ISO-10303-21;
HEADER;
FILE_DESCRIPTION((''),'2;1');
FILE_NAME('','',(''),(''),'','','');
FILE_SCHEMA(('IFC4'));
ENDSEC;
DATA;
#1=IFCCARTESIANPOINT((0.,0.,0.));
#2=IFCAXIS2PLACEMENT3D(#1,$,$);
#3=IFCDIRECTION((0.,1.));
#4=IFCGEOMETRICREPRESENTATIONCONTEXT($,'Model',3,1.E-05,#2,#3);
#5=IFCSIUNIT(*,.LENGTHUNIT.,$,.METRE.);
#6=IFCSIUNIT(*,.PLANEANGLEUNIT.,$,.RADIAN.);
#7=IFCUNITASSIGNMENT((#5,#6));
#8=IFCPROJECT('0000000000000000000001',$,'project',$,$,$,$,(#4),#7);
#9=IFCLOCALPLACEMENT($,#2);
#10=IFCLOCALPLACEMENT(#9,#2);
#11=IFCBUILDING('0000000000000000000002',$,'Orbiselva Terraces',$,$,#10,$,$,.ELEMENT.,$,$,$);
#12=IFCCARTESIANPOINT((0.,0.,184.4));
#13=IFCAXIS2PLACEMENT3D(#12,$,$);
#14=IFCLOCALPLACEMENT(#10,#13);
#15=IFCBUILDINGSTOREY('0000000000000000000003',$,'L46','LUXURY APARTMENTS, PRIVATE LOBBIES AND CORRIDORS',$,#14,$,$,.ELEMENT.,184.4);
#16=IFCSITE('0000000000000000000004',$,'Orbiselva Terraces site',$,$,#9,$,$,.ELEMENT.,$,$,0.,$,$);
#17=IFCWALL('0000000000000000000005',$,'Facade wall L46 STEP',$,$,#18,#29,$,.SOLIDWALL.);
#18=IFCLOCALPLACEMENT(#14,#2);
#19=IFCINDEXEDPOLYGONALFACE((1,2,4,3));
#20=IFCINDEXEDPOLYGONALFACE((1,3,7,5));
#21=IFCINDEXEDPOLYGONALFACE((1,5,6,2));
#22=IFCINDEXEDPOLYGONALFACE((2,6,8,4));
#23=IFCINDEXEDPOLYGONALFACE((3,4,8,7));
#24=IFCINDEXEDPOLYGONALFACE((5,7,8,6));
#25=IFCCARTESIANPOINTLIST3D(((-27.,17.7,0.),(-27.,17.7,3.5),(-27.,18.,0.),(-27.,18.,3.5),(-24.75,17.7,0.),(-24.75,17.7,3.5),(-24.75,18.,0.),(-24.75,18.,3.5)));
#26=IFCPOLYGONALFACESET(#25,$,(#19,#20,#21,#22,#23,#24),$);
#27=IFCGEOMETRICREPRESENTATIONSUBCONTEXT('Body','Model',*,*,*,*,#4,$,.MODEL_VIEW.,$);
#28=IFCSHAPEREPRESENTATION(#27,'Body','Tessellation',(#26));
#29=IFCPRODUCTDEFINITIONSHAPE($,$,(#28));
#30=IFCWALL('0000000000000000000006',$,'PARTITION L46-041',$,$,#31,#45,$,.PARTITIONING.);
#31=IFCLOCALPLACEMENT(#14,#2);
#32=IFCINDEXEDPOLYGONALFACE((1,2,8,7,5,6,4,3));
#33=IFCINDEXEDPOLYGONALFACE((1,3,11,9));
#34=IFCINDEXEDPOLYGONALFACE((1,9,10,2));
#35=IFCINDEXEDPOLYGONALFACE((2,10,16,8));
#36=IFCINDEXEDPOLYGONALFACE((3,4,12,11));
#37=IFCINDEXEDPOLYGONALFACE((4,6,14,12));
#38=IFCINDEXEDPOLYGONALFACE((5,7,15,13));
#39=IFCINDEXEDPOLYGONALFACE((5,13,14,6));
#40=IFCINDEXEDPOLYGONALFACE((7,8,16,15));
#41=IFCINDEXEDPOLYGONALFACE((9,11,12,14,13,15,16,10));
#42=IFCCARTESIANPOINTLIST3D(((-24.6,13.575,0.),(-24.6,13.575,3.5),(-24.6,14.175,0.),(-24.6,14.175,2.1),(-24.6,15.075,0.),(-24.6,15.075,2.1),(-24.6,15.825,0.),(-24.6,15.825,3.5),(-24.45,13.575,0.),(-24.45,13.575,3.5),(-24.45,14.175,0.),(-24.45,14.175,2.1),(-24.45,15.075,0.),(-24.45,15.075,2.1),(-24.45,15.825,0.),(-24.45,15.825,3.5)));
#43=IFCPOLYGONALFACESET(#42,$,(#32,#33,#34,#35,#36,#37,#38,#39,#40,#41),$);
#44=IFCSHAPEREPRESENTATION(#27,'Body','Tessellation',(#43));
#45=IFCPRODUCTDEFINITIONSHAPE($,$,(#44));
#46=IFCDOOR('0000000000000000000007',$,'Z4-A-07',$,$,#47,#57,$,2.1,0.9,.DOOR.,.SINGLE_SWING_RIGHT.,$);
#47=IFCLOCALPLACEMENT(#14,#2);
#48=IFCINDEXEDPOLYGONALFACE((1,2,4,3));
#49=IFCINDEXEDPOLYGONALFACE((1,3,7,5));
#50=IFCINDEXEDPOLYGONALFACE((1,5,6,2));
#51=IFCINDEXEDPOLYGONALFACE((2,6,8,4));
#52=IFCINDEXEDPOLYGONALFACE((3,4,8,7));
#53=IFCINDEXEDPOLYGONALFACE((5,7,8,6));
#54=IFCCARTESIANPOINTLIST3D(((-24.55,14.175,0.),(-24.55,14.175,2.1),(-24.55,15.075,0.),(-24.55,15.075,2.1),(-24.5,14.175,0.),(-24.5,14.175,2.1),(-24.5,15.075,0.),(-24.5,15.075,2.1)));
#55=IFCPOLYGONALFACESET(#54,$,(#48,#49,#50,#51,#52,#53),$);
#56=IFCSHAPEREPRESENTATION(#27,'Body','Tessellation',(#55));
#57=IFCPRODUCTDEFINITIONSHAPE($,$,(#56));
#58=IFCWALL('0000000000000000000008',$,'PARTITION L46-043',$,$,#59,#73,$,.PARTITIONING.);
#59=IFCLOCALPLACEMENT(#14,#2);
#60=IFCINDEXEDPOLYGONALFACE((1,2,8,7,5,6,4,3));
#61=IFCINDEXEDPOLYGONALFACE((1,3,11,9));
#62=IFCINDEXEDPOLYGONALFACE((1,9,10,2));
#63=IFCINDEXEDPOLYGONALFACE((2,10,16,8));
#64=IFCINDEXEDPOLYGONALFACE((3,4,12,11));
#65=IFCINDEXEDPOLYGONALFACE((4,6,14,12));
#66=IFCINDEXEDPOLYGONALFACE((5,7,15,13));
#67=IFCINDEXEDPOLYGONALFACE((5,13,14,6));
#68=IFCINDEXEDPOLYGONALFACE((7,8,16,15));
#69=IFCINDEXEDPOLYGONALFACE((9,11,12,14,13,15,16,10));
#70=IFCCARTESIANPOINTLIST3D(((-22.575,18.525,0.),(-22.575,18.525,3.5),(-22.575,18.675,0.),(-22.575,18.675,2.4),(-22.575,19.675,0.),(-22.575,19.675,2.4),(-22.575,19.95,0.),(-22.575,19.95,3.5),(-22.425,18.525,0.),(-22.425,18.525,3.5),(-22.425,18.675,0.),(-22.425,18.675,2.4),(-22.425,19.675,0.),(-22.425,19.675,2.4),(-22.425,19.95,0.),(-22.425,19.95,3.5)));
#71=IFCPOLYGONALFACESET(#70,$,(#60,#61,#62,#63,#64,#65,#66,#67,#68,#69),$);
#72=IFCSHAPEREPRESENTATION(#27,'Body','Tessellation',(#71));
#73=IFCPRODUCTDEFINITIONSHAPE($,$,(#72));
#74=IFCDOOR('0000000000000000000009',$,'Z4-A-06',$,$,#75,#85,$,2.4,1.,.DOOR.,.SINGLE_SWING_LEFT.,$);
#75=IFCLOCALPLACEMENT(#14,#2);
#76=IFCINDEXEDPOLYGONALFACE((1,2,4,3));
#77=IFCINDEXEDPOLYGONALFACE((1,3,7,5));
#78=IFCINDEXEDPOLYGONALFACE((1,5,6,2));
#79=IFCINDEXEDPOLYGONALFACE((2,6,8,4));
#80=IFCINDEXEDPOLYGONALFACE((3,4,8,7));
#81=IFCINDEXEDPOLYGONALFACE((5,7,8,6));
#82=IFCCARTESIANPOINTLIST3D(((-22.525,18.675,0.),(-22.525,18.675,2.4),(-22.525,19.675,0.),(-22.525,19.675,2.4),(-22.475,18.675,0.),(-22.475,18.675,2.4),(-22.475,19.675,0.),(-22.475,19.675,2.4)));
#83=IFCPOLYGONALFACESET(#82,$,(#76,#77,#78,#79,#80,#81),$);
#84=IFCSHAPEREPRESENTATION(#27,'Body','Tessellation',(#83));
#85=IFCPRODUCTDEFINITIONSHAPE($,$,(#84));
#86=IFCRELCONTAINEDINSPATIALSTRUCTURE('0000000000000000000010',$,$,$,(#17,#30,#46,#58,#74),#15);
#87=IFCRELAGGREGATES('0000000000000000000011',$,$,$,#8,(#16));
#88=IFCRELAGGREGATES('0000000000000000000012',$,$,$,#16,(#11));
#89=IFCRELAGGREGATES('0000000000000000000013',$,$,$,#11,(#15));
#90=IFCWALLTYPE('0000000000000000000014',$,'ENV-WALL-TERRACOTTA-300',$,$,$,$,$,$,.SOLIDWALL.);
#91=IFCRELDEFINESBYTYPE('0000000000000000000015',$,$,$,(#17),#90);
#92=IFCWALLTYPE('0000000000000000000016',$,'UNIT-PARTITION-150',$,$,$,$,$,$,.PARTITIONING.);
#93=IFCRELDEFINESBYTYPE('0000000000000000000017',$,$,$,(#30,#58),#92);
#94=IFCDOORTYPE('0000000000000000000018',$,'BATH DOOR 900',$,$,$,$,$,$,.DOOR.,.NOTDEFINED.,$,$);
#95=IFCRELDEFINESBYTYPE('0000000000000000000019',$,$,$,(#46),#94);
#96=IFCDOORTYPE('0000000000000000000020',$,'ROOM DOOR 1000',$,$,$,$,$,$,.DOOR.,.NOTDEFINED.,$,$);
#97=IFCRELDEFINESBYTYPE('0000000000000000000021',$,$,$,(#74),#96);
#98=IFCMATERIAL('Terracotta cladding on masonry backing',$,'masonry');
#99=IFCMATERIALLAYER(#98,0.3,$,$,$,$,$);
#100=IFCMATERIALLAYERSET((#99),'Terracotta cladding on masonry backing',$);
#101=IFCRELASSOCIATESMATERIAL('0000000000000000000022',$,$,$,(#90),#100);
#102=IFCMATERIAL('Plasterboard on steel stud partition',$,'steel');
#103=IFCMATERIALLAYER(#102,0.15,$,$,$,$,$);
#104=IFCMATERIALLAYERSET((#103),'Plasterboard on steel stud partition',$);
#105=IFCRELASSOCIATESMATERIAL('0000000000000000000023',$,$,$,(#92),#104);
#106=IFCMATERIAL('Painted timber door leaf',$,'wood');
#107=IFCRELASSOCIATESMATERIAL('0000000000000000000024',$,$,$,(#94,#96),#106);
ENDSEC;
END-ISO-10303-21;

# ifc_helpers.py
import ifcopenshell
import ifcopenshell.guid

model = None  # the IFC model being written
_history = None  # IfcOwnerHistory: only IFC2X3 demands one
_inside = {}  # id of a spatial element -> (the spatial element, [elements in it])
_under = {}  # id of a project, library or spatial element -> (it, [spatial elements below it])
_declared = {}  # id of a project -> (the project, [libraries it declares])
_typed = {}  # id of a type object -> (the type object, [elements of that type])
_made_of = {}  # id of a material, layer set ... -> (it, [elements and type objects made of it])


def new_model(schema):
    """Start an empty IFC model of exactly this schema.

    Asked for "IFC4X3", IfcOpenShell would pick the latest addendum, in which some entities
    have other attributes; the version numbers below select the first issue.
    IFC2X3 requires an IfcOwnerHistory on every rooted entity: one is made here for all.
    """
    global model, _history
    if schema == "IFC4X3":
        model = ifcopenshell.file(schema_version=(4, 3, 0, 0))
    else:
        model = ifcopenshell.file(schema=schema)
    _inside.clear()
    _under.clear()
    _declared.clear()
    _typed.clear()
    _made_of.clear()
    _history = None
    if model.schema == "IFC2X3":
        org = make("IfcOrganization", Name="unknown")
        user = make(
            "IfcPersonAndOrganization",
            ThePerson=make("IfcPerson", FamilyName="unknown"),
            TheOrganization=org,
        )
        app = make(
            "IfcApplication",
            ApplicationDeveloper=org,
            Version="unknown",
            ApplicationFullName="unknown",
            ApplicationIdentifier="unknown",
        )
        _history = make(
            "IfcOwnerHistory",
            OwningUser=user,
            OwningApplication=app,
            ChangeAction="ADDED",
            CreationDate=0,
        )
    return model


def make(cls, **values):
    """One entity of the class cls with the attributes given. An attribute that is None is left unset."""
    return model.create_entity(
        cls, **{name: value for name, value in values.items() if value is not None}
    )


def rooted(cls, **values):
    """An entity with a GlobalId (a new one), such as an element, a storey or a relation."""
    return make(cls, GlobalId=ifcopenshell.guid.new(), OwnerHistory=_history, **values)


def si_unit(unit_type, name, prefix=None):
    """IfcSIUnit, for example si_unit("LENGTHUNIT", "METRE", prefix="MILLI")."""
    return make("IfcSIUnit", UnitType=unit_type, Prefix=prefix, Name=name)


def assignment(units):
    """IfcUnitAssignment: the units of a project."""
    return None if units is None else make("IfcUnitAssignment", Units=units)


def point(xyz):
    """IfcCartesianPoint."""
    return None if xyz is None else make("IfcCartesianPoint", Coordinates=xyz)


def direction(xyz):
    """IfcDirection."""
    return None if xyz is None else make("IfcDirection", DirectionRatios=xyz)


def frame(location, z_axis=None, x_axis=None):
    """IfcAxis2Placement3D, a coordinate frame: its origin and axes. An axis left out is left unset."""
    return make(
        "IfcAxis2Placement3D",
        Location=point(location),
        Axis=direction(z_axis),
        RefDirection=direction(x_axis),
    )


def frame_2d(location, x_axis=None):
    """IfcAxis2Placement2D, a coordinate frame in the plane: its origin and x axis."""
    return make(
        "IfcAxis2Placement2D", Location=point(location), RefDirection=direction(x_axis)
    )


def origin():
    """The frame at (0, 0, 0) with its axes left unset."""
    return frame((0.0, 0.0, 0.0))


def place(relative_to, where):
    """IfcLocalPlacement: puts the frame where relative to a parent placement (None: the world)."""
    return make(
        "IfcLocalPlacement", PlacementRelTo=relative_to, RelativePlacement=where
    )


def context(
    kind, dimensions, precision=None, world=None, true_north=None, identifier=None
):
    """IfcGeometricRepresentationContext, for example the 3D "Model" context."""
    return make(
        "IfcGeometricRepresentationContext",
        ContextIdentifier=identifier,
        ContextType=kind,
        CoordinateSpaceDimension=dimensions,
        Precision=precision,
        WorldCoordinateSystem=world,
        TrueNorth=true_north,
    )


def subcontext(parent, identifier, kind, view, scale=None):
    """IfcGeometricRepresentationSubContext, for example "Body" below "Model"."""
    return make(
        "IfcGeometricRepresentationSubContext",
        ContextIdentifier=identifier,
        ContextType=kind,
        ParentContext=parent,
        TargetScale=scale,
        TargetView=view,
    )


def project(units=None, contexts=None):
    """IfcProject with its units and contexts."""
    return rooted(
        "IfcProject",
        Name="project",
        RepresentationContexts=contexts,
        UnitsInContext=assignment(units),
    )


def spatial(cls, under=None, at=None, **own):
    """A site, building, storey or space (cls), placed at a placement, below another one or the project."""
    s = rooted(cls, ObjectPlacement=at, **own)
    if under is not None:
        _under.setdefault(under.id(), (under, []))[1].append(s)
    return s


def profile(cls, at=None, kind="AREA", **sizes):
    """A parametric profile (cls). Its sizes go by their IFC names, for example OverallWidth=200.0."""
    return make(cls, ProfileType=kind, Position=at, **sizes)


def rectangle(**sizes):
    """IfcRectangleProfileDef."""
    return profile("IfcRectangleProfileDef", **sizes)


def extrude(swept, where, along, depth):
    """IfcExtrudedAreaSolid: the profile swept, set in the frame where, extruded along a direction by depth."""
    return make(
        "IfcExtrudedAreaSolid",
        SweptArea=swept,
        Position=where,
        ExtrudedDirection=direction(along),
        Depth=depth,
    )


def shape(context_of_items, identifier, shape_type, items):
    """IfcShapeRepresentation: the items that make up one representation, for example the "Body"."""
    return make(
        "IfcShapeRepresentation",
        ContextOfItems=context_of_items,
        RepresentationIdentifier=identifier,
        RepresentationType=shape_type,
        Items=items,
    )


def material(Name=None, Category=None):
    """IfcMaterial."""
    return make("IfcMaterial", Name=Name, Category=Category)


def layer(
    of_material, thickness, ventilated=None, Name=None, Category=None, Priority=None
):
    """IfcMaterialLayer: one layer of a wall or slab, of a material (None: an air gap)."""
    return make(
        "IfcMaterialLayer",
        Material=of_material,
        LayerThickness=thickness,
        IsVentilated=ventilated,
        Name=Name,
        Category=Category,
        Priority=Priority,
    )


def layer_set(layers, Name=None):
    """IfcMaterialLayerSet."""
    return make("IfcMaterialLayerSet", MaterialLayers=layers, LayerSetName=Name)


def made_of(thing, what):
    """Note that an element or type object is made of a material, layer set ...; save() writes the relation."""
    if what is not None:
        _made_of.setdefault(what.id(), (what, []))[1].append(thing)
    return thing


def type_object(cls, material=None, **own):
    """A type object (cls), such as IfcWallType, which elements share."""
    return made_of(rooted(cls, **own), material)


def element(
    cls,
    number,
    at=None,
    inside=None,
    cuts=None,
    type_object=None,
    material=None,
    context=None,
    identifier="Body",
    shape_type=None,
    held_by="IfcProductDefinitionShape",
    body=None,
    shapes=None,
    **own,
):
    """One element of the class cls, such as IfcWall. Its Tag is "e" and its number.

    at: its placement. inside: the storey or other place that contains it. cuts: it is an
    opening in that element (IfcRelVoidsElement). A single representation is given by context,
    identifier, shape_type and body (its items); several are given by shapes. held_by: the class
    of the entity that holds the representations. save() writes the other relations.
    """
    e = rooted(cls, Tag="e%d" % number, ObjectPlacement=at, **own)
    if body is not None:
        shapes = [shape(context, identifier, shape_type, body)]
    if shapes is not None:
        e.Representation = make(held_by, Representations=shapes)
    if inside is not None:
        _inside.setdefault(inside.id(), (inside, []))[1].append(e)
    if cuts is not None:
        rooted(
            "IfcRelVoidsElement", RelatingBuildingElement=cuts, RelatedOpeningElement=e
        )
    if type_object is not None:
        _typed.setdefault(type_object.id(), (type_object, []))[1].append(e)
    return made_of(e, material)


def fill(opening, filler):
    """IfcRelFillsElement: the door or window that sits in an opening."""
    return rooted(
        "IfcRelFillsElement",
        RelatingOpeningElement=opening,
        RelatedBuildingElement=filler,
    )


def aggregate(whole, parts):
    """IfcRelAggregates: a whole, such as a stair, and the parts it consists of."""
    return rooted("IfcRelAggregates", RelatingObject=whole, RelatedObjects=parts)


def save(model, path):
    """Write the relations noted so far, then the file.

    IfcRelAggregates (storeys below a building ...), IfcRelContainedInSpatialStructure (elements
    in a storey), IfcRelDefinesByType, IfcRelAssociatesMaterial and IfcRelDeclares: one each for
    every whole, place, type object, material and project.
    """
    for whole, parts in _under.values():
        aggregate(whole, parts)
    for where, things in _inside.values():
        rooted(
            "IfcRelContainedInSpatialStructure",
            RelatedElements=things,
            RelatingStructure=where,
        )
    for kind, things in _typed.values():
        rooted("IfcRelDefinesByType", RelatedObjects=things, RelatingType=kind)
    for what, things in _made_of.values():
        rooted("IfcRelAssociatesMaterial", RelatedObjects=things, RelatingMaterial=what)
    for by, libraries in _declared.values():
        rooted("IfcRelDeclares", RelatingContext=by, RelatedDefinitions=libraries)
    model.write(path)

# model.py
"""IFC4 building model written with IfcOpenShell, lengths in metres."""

from ifc_helpers import new_model, si_unit, direction, frame, frame_2d, origin, place, context, subcontext, project, spatial, rectangle, extrude, material, layer, layer_set, type_object, element, fill, save


model = new_model("IFC4")

# Units and contexts
model_context = context("Model", 3, precision=1e-05, world=origin(), true_north=direction((0.0, 1.0)))
body_context = subcontext(model_context, "Body", "Model", "MODEL_VIEW")
ifc_project = project(units=[si_unit("LENGTHUNIT", "METRE"), si_unit("PLANEANGLEUNIT", "RADIAN")], contexts=[model_context])

# Site, building, storey
site_placement = place(None, origin())
site = spatial("IfcSite", under=ifc_project, at=site_placement, Name="Orbiselva Terraces site", CompositionType="ELEMENT", RefElevation=0.0)
building_placement = place(site_placement, origin())
building = spatial("IfcBuilding", under=site, at=building_placement, Name="Orbiselva Terraces", CompositionType="ELEMENT")
storey_placement = place(building_placement, frame((0.0, 0.0, 184.4)))
storey = spatial("IfcBuildingStorey", under=building, at=storey_placement, Name="L46", Description="LUXURY APARTMENTS, PRIVATE LOBBIES AND CORRIDORS", CompositionType="ELEMENT", Elevation=184.4)

# Shared definitions
ifc_material_1 = material(Name="Terracotta cladding on masonry backing", Category="masonry")
ifc_layer_1 = layer(ifc_material_1, 0.3)
ifc_layer_set_1 = layer_set([ifc_layer_1], Name="Terracotta cladding on masonry backing")
wall_type_1 = type_object("IfcWallType", Name="ENV-WALL-TERRACOTTA-300", PredefinedType="SOLIDWALL", material=ifc_layer_set_1)

# Wall
wall_1_placement = place(storey_placement, frame((-27.0, 17.85, 0.0), z_axis=(0.0, 0.0, 1.0), x_axis=(1.0, 0.0, 0.0)))
element("IfcWall", 1, at=wall_1_placement, inside=storey, type_object=wall_type_1, Name="Facade wall L46 STEP", PredefinedType="SOLIDWALL", context=body_context, shape_type="SweptSolid", body=[
    extrude(rectangle(XDim=2.25, YDim=0.3, at=frame_2d((1.125, 0.0))), origin(), (0.0, 0.0, 1.0), 3.5),
])

# Walls, openings, doors
ifc_material_2 = material(Name="Plasterboard on steel stud partition", Category="steel")
ifc_layer_2 = layer(ifc_material_2, 0.15)
ifc_layer_set_2 = layer_set([ifc_layer_2], Name="Plasterboard on steel stud partition")
wall_type_2 = type_object("IfcWallType", Name="UNIT-PARTITION-150", PredefinedType="PARTITIONING", material=ifc_layer_set_2)
wall_2_placement = place(storey_placement, frame((-24.525, 15.825, 0.0), z_axis=(0.0, 0.0, 1.0), x_axis=(0.0, -1.0, 0.0)))
wall_2 = element("IfcWall", 2, at=wall_2_placement, inside=storey, type_object=wall_type_2, Name="PARTITION L46-041", PredefinedType="PARTITIONING", context=body_context, shape_type="SweptSolid", body=[
    extrude(rectangle(XDim=2.25, YDim=0.15, at=frame_2d((1.125, 0.0))), origin(), (0.0, 0.0, 1.0), 3.5),
])
opening_1_placement = place(wall_2_placement, frame((0.75, 0.0, 0.0)))
opening_1 = element("IfcOpeningElement", 3, at=opening_1_placement, cuts=wall_2, PredefinedType="OPENING", context=body_context, shape_type="SweptSolid", body=[
    extrude(rectangle(XDim=0.9, YDim=2.1, at=frame_2d((0.45, 1.05))), frame((0.0, 0.085, 0.0), z_axis=(0.0, -1.0, 0.0), x_axis=(1.0, 0.0, 0.0)), (0.0, 0.0, 1.0), 0.17),
])
ifc_material_3 = material(Name="Painted timber door leaf", Category="wood")
door_type_1 = type_object("IfcDoorType", Name="BATH DOOR 900", OperationType="NOTDEFINED", PredefinedType="DOOR", material=ifc_material_3)
door_1_placement = place(opening_1_placement, origin())
door_1 = element("IfcDoor", 4, at=door_1_placement, inside=storey, type_object=door_type_1, Name="Z4-A-07", OperationType="SINGLE_SWING_RIGHT", OverallHeight=2.1, OverallWidth=0.9, PredefinedType="DOOR", context=body_context, shape_type="SweptSolid", body=[
    extrude(rectangle(XDim=0.9, YDim=2.1, at=frame_2d((0.45, 1.05))), frame((0.0, 0.025, 0.0), z_axis=(0.0, -1.0, 0.0), x_axis=(1.0, 0.0, 0.0)), (0.0, 0.0, 1.0), 0.05),
])
fill(opening_1, door_1)
wall_3_placement = place(storey_placement, frame((-22.5, 18.525, 0.0), z_axis=(0.0, 0.0, 1.0), x_axis=(0.0, 1.0, 0.0)))
wall_3 = element("IfcWall", 5, at=wall_3_placement, inside=storey, type_object=wall_type_2, Name="PARTITION L46-043", PredefinedType="PARTITIONING", context=body_context, shape_type="SweptSolid", body=[
    extrude(rectangle(XDim=1.425, YDim=0.15, at=frame_2d((0.7125, 0.0))), origin(), (0.0, 0.0, 1.0), 3.5),
])
opening_2_placement = place(wall_3_placement, frame((0.15, 0.0, 0.0)))
opening_2 = element("IfcOpeningElement", 6, at=opening_2_placement, cuts=wall_3, PredefinedType="OPENING", context=body_context, shape_type="SweptSolid", body=[
    extrude(rectangle(XDim=1.0, YDim=2.4, at=frame_2d((0.5, 1.2))), frame((0.0, 0.085, 0.0), z_axis=(0.0, -1.0, 0.0), x_axis=(1.0, 0.0, 0.0)), (0.0, 0.0, 1.0), 0.17),
])
door_type_2 = type_object("IfcDoorType", Name="ROOM DOOR 1000", OperationType="NOTDEFINED", PredefinedType="DOOR", material=ifc_material_3)
door_2_placement = place(opening_2_placement, origin())
door_2 = element("IfcDoor", 7, at=door_2_placement, inside=storey, type_object=door_type_2, Name="Z4-A-06", OperationType="SINGLE_SWING_LEFT", OverallHeight=2.4, OverallWidth=1.0, PredefinedType="DOOR", context=body_context, shape_type="SweptSolid", body=[
    extrude(rectangle(XDim=1.0, YDim=2.4, at=frame_2d((0.5, 1.2))), frame((0.0, 0.025, 0.0), z_axis=(0.0, -1.0, 0.0), x_axis=(1.0, 0.0, 0.0)), (0.0, 0.0, 1.0), 0.05),
])
fill(opening_2, door_2)

save(model, "model.ifc")
